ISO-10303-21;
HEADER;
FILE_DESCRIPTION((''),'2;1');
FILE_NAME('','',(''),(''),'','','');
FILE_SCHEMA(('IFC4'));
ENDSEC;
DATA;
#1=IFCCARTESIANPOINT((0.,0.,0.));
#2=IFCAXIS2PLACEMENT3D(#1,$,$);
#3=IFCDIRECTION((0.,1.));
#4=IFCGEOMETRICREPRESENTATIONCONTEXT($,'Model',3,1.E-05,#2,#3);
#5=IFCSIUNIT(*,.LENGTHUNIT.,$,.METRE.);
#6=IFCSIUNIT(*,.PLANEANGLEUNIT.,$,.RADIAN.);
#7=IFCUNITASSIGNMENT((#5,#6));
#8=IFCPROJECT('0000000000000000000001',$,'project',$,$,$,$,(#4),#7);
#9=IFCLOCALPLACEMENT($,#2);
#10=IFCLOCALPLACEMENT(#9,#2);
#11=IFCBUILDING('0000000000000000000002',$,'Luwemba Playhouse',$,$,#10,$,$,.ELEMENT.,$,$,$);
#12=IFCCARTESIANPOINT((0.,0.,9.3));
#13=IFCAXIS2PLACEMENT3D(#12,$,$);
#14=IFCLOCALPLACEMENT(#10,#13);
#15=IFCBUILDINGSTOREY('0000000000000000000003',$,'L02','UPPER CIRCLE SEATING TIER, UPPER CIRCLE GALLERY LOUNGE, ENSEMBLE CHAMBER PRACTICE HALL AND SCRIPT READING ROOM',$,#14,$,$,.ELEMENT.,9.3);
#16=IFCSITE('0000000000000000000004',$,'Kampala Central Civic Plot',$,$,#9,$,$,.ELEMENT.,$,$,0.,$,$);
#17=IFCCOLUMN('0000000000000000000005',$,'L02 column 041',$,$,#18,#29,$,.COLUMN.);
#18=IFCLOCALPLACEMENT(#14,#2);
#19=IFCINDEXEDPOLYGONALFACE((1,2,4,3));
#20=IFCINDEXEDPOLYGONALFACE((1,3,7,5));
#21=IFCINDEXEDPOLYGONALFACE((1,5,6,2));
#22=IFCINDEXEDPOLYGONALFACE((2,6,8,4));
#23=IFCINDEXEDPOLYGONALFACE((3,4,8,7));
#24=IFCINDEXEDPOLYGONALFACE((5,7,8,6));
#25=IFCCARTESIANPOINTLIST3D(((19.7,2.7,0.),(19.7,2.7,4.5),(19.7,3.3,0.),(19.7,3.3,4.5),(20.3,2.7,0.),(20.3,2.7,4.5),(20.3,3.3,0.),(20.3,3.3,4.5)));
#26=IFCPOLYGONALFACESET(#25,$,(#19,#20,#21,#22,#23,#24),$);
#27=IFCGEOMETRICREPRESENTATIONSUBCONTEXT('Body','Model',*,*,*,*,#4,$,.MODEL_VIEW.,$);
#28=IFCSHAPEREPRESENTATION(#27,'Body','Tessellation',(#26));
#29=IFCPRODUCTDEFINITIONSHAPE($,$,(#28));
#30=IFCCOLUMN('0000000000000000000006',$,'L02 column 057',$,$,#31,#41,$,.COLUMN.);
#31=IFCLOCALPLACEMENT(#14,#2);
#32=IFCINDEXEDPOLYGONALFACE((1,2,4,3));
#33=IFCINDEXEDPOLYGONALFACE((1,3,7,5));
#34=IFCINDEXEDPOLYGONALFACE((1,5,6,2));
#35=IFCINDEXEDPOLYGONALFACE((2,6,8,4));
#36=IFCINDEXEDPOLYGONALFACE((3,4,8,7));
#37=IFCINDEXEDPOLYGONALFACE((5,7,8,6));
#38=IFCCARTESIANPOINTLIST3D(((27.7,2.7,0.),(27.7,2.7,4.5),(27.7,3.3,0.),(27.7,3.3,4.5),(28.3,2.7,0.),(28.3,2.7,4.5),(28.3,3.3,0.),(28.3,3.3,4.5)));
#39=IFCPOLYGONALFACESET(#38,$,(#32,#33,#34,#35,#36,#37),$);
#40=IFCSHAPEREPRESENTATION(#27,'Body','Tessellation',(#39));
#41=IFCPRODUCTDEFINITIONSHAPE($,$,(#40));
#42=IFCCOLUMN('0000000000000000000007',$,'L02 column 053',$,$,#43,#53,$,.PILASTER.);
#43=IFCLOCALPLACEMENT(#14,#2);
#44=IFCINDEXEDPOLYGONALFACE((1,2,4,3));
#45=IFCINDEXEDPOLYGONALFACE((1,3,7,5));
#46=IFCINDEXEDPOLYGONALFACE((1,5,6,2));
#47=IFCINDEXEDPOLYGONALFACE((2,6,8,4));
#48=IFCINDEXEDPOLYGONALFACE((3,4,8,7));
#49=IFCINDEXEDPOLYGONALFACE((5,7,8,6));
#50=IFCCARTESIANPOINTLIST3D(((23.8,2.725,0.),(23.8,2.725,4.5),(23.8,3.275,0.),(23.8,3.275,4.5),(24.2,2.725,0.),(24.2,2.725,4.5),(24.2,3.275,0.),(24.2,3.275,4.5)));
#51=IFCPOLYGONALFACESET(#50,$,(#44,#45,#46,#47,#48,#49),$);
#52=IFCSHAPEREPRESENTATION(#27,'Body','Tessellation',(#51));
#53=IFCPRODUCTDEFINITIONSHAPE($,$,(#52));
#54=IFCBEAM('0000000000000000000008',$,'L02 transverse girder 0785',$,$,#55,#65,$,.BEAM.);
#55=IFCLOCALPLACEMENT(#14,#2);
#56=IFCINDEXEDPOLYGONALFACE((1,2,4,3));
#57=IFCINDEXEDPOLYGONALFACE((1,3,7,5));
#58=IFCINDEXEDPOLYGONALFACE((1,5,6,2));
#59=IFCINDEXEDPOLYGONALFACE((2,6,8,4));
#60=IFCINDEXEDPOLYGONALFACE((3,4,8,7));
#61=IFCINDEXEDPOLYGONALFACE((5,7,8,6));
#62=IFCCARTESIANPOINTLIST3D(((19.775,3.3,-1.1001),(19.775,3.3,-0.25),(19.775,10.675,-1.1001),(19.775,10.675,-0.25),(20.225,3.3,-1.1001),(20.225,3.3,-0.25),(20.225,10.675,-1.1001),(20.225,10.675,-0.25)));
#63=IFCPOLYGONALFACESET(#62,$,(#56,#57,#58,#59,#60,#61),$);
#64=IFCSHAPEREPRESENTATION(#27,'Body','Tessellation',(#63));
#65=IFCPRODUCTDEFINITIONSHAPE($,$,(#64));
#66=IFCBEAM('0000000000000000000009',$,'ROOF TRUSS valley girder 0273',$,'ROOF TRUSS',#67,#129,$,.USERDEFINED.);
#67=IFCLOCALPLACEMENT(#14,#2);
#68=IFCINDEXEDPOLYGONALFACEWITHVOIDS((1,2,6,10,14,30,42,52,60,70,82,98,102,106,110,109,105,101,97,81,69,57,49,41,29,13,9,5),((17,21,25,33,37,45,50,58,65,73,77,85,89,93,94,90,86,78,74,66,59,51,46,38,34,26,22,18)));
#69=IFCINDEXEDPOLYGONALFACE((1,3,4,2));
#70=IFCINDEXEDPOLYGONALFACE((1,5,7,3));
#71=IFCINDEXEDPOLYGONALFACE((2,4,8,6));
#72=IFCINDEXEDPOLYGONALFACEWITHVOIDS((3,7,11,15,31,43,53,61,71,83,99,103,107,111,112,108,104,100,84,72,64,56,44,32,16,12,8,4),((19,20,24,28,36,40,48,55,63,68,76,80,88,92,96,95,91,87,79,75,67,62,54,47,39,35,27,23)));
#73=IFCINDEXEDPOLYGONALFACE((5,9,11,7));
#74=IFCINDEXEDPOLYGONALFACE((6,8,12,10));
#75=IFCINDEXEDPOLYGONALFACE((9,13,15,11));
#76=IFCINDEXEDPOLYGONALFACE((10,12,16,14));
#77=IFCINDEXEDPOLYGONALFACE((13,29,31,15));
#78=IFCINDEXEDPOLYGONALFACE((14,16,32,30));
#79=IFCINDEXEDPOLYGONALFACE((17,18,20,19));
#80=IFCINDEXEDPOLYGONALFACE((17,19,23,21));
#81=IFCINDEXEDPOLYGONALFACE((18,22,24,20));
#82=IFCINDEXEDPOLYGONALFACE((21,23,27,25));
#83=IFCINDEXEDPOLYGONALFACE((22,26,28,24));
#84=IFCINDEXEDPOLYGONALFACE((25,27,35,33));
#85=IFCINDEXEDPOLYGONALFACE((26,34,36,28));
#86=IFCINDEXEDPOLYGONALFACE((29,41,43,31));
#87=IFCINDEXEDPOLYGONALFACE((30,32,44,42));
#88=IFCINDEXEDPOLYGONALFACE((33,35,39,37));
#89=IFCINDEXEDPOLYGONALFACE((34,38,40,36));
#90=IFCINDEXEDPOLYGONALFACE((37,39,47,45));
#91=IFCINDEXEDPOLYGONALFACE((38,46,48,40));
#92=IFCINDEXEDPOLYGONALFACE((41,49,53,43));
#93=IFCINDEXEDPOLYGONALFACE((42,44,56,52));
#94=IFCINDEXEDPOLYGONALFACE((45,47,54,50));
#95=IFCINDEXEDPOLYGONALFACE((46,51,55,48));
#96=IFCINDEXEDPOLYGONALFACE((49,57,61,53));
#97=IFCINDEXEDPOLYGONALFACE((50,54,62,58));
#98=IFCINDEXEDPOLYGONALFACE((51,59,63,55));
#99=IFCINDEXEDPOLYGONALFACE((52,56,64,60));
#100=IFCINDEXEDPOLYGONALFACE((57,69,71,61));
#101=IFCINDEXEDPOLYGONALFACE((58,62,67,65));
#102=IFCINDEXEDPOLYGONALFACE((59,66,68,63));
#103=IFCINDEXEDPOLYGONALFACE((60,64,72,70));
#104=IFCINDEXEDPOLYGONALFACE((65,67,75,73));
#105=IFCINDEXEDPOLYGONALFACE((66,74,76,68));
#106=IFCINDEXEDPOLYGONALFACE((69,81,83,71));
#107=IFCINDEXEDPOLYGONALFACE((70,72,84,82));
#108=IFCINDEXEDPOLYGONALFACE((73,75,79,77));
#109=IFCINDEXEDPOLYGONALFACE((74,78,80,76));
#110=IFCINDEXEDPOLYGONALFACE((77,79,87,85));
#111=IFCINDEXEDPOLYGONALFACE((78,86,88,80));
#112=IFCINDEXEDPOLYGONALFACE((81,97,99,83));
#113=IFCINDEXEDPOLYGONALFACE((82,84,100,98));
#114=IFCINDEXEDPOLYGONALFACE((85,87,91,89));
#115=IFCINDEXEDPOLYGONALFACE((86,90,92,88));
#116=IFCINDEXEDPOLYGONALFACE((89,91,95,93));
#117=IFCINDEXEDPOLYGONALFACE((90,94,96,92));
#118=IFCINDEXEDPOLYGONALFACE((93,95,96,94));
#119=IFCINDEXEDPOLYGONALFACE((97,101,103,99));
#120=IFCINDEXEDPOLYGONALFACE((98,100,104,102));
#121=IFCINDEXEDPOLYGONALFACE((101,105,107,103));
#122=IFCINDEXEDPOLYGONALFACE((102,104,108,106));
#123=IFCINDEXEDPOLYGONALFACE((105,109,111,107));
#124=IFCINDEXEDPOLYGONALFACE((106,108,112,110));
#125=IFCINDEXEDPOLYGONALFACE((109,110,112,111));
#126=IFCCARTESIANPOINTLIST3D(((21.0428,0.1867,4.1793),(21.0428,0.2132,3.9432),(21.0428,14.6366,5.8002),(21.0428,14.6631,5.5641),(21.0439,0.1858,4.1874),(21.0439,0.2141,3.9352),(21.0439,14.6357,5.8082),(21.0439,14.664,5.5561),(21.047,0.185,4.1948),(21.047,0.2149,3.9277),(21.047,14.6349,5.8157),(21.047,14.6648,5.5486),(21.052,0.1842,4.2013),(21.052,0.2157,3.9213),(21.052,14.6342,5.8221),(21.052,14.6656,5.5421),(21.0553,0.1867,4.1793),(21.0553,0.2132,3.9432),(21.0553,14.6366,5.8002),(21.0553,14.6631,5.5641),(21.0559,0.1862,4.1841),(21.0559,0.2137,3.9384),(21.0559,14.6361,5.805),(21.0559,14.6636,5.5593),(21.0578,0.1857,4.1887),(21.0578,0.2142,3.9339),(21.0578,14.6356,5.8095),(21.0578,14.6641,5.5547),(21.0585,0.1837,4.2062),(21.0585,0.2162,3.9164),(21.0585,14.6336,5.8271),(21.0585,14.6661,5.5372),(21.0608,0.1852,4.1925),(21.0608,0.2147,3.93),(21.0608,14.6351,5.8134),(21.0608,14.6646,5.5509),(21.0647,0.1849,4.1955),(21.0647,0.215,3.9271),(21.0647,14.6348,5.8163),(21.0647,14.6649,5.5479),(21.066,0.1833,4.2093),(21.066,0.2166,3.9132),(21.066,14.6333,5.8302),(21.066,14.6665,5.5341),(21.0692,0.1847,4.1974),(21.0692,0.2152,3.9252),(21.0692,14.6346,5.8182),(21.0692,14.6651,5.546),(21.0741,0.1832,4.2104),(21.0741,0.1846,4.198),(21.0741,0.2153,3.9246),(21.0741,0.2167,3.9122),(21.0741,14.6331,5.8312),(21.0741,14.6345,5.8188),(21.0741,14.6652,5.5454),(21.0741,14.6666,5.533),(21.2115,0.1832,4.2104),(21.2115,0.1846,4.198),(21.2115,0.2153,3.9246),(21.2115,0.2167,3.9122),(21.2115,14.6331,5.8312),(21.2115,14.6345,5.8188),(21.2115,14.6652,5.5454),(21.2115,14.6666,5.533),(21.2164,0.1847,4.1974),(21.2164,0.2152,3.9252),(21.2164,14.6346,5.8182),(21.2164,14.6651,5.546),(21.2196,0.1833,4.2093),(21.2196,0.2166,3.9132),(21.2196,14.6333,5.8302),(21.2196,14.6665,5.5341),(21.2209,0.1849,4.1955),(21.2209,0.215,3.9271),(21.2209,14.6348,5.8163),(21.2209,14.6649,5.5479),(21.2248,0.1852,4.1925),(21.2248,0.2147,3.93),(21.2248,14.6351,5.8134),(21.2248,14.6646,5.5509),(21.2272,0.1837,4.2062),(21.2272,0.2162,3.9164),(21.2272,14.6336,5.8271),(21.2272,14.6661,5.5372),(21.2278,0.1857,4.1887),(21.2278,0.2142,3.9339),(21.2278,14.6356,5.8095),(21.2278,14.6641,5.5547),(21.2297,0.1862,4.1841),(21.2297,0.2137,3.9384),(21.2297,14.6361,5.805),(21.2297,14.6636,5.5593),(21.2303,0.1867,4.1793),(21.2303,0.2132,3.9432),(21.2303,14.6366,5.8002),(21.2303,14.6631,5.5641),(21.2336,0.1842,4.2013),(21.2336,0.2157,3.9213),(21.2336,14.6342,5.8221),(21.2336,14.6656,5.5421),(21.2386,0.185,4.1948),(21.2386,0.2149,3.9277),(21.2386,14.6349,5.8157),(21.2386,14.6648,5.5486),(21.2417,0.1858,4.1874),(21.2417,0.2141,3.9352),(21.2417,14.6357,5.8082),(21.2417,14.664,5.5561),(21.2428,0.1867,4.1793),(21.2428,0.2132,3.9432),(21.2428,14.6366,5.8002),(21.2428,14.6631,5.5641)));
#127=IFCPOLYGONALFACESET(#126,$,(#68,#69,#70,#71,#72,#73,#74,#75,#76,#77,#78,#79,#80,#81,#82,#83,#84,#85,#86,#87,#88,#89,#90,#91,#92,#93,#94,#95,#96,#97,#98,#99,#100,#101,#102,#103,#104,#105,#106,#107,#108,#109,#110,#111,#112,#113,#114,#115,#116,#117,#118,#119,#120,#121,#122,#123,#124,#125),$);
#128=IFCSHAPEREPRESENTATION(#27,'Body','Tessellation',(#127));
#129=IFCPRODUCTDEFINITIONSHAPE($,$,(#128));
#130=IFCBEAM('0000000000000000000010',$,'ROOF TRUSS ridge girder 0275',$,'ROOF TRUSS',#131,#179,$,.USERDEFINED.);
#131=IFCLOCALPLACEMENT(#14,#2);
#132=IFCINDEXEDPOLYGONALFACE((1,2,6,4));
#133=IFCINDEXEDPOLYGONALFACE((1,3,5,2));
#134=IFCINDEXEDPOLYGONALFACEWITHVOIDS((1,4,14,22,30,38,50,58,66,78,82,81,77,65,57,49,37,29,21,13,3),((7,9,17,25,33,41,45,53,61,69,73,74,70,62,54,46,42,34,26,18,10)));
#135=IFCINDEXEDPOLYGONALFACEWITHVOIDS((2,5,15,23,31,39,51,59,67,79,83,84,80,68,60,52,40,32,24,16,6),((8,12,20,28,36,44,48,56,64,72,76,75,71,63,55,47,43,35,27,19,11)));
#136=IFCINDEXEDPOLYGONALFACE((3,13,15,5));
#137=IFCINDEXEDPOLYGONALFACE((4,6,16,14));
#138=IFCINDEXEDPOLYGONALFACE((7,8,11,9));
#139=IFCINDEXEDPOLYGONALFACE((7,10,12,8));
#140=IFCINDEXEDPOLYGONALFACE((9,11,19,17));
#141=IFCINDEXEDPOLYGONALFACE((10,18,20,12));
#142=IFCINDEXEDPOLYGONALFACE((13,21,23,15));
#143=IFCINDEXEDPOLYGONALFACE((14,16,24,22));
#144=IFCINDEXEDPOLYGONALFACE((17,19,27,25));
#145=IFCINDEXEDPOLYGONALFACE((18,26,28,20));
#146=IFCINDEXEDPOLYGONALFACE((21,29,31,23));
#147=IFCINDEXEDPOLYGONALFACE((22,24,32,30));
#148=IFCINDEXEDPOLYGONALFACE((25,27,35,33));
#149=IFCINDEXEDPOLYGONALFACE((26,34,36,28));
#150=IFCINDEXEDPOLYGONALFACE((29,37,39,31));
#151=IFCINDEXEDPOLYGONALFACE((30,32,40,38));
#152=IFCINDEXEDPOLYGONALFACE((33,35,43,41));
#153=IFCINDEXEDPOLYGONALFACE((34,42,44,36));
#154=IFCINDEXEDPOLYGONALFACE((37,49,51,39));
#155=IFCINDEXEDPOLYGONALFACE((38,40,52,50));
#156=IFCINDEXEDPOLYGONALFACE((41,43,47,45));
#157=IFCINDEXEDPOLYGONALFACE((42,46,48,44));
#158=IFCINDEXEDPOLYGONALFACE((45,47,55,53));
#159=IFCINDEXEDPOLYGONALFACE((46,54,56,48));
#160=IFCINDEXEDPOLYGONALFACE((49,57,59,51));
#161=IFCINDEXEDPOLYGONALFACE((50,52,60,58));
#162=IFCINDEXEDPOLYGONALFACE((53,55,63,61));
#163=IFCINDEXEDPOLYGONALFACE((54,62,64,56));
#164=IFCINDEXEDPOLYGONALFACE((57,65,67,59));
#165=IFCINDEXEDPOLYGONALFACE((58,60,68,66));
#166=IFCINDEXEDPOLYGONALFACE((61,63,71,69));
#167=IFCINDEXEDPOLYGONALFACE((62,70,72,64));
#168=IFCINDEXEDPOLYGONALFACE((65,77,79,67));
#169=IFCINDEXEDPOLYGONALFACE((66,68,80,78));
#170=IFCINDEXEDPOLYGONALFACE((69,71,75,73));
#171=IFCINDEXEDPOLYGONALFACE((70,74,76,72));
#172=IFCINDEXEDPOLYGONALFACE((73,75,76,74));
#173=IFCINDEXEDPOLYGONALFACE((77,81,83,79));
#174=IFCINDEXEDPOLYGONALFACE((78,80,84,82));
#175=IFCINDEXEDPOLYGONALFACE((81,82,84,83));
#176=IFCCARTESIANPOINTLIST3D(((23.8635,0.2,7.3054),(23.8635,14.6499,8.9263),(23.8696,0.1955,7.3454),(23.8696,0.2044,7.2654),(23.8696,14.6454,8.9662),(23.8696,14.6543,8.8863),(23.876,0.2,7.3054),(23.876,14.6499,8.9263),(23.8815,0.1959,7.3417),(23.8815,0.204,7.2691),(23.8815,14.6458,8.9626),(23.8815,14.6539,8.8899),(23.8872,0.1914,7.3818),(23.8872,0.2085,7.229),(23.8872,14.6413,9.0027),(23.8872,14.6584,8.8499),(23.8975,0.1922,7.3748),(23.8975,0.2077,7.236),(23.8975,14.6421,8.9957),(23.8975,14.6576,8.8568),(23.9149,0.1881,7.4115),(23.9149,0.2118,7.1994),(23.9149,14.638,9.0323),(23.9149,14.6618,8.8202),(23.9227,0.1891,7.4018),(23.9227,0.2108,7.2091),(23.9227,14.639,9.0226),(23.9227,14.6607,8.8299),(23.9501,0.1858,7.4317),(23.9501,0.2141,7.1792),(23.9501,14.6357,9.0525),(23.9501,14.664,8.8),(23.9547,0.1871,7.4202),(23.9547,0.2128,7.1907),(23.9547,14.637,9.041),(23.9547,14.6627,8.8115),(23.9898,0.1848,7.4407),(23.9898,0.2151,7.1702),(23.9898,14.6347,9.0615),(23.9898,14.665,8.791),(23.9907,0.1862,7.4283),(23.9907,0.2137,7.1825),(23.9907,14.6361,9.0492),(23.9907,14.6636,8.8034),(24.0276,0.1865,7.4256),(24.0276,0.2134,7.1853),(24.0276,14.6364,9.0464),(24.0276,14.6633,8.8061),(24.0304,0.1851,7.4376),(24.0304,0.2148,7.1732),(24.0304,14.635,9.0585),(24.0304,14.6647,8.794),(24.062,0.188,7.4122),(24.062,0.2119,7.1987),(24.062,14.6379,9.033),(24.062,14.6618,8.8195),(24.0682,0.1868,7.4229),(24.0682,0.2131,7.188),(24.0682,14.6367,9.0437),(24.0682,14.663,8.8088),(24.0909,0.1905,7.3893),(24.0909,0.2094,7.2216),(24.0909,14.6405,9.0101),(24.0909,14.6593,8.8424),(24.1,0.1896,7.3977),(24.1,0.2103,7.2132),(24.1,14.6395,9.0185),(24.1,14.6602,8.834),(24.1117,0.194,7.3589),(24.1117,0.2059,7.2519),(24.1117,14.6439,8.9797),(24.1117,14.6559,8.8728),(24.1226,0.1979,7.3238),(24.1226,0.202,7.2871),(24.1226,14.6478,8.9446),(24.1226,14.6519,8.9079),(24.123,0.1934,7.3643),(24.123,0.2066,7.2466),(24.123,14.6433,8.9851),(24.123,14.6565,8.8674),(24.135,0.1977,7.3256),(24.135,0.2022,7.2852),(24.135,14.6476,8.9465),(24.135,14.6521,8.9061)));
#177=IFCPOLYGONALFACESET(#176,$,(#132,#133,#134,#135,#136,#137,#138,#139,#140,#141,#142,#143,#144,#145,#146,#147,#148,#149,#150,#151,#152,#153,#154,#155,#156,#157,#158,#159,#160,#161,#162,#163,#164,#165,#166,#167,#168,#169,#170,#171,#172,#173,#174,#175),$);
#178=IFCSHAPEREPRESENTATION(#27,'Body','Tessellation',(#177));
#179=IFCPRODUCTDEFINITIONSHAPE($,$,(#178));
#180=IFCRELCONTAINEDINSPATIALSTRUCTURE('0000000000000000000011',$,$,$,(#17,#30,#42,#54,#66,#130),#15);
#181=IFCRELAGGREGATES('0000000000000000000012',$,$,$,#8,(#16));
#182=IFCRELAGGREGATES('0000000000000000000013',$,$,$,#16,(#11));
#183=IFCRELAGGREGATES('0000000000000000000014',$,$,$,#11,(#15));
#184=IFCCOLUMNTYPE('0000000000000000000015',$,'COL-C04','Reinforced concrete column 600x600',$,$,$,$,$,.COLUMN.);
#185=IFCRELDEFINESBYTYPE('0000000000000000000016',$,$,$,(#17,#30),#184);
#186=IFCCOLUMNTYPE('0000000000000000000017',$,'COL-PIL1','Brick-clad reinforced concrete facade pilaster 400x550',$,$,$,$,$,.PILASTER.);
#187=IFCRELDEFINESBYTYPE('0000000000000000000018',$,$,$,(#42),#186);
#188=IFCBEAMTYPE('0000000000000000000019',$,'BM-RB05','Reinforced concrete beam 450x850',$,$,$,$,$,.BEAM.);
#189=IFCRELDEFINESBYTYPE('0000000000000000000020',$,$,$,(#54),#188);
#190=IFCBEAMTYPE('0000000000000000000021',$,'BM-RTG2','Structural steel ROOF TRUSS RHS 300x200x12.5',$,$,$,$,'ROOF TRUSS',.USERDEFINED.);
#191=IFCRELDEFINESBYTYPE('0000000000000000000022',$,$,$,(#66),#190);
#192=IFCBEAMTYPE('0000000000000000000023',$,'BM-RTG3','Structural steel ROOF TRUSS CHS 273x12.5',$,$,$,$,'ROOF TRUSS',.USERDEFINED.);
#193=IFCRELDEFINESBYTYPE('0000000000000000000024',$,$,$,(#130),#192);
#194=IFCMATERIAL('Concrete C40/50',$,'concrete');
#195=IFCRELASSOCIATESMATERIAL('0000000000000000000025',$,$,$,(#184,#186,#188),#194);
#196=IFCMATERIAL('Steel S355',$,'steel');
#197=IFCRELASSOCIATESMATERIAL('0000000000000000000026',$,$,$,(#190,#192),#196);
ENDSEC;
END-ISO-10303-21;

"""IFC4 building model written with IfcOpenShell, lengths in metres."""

from ifc_helpers import new_model, si_unit, direction, frame, origin, origin_2d, place, context, subcontext, project, spatial, rectangle, hollow_rectangle, hollow_circle, extrude, material, material_profile, profile_set, type_object, element, save


model = new_model("IFC4")

# Units and contexts
model_context = context("Model", 3, precision=1e-05, world=origin(), true_north=direction((0.0, 1.0)))
body_context = subcontext(model_context, "Body", "Model", "MODEL_VIEW")
ifc_project = project(units=[si_unit("LENGTHUNIT", "METRE"), si_unit("PLANEANGLEUNIT", "RADIAN")], contexts=[model_context])

# Site, building, storey
site_placement = place(None, origin())
site = spatial("IfcSite", under=ifc_project, at=site_placement, Name="Kampala Central Civic Plot", CompositionType="ELEMENT", RefElevation=0.0)
building_placement = place(site_placement, origin())
building = spatial("IfcBuilding", under=site, at=building_placement, Name="Luwemba Playhouse", CompositionType="ELEMENT")
storey_placement = place(building_placement, frame((0.0, 0.0, 9.3)))
storey = spatial("IfcBuildingStorey", under=building, at=storey_placement, Name="L02", Description="UPPER CIRCLE SEATING TIER, UPPER CIRCLE GALLERY LOUNGE, ENSEMBLE CHAMBER PRACTICE HALL AND SCRIPT READING ROOM", CompositionType="ELEMENT", Elevation=9.3)

# Columns
ifc_material_1 = material(Name="Concrete C40/50", Category="concrete")
ifc_material_profile_1 = material_profile(ifc_material_1, rectangle(XDim=0.6001, YDim=0.6001, at=origin_2d()))
ifc_profile_set_1 = profile_set([ifc_material_profile_1], Name="Concrete C40/50")
column_type_1 = type_object("IfcColumnType", Name="COL-C04", Description="Reinforced concrete column 600x600", PredefinedType="COLUMN", material=ifc_profile_set_1)
for number, where, z_axis, x_axis, name in (
    (1, (20.0, 3.0, 0.0), (0.0, 0.0, 1.0), (1.0, 0.0, 0.0), "L02 column 041"),
    (2, (28.0, 3.0, 0.0), (0.0, 0.0, 1.0), (1.0, 0.0, 0.0), "L02 column 057"),
):
    element("IfcColumn", number, at=place(storey_placement, frame(where, z_axis=z_axis, x_axis=x_axis)), inside=storey, type_object=column_type_1, Name=name, PredefinedType="COLUMN", context=body_context, shape_type="SweptSolid", body=[
        extrude(rectangle(XDim=0.6001, YDim=0.6001, at=origin_2d()), origin(), (0.0, 0.0, 1.0), 4.5),
    ])
ifc_material_profile_2 = material_profile(ifc_material_1, rectangle(XDim=0.3999, YDim=0.55, at=origin_2d()))
ifc_profile_set_2 = profile_set([ifc_material_profile_2], Name="Concrete C40/50")
column_type_2 = type_object("IfcColumnType", Name="COL-PIL1", Description="Brick-clad reinforced concrete facade pilaster 400x550", PredefinedType="PILASTER", material=ifc_profile_set_2)
column_placement = place(storey_placement, frame((24.0, 3.0, 0.0), z_axis=(0.0, 0.0, 1.0), x_axis=(1.0, 0.0, 0.0)))
element("IfcColumn", 3, at=column_placement, inside=storey, type_object=column_type_2, Name="L02 column 053", PredefinedType="PILASTER", context=body_context, shape_type="SweptSolid", body=[
    extrude(rectangle(XDim=0.3999, YDim=0.55, at=origin_2d()), origin(), (0.0, 0.0, 1.0), 4.5),
])

# Beams
ifc_material_profile_3 = material_profile(ifc_material_1, rectangle(XDim=0.45, YDim=0.8501, at=origin_2d()))
ifc_profile_set_3 = profile_set([ifc_material_profile_3], Name="Concrete C40/50")
beam_type_1 = type_object("IfcBeamType", Name="BM-RB05", Description="Reinforced concrete beam 450x850", PredefinedType="BEAM", material=ifc_profile_set_3)
beam_1_placement = place(storey_placement, frame((20.0, 3.3, -0.675), z_axis=(0.0, 1.0, 0.0), x_axis=(-1.0, 0.0, 0.0)))
element("IfcBeam", 4, at=beam_1_placement, inside=storey, type_object=beam_type_1, Name="L02 transverse girder 0785", PredefinedType="BEAM", context=body_context, shape_type="SweptSolid", body=[
    extrude(rectangle(XDim=0.45, YDim=0.8501, at=origin_2d()), origin(), (0.0, 0.0, 1.0), 7.375),
])
ifc_material_2 = material(Name="Steel S355", Category="steel")
ifc_material_profile_4 = material_profile(ifc_material_2, hollow_rectangle(XDim=0.2, YDim=0.3, WallThickness=0.0125, InnerFilletRadius=0.0188, OuterFilletRadius=0.0312, at=origin_2d()))
ifc_profile_set_4 = profile_set([ifc_material_profile_4], Name="Steel S355")
beam_type_2 = type_object("IfcBeamType", Name="BM-RTG2", Description="Structural steel ROOF TRUSS RHS 300x200x12.5", ElementType="ROOF TRUSS", PredefinedType="USERDEFINED", material=ifc_profile_set_4)
beam_2_placement = place(storey_placement, frame((21.1428, 0.2, 4.0613), z_axis=(0.0, 0.993768, 0.111471), x_axis=(-1.0, 0.0, 0.0)))
element("IfcBeam", 5, at=beam_2_placement, inside=storey, type_object=beam_type_2, Name="ROOF TRUSS valley girder 0273", ObjectType="ROOF TRUSS", PredefinedType="USERDEFINED", context=body_context, shape_type="SweptSolid", body=[
    extrude(hollow_rectangle(XDim=0.2, YDim=0.3, WallThickness=0.0125, InnerFilletRadius=0.0188, OuterFilletRadius=0.0312, at=origin_2d()), origin(), (0.0, 0.0, 1.0), 14.5405),
])
ifc_material_profile_5 = material_profile(ifc_material_2, hollow_circle(Radius=0.1365, WallThickness=0.0125, at=origin_2d()))
ifc_profile_set_5 = profile_set([ifc_material_profile_5], Name="Steel S355")
beam_type_3 = type_object("IfcBeamType", Name="BM-RTG3", Description="Structural steel ROOF TRUSS CHS 273x12.5", ElementType="ROOF TRUSS", PredefinedType="USERDEFINED", material=ifc_profile_set_5)
beam_3_placement = place(storey_placement, frame((24.0, 0.2, 7.3054), z_axis=(0.0, 0.993768, 0.111471), x_axis=(-1.0, 0.0, 0.0)))
element("IfcBeam", 6, at=beam_3_placement, inside=storey, type_object=beam_type_3, Name="ROOF TRUSS ridge girder 0275", ObjectType="ROOF TRUSS", PredefinedType="USERDEFINED", context=body_context, shape_type="SweptSolid", body=[
    extrude(hollow_circle(Radius=0.1365, WallThickness=0.0125, at=origin_2d()), origin(), (0.0, 0.0, 1.0), 14.5405),
])

save(model, "model.ifc")
